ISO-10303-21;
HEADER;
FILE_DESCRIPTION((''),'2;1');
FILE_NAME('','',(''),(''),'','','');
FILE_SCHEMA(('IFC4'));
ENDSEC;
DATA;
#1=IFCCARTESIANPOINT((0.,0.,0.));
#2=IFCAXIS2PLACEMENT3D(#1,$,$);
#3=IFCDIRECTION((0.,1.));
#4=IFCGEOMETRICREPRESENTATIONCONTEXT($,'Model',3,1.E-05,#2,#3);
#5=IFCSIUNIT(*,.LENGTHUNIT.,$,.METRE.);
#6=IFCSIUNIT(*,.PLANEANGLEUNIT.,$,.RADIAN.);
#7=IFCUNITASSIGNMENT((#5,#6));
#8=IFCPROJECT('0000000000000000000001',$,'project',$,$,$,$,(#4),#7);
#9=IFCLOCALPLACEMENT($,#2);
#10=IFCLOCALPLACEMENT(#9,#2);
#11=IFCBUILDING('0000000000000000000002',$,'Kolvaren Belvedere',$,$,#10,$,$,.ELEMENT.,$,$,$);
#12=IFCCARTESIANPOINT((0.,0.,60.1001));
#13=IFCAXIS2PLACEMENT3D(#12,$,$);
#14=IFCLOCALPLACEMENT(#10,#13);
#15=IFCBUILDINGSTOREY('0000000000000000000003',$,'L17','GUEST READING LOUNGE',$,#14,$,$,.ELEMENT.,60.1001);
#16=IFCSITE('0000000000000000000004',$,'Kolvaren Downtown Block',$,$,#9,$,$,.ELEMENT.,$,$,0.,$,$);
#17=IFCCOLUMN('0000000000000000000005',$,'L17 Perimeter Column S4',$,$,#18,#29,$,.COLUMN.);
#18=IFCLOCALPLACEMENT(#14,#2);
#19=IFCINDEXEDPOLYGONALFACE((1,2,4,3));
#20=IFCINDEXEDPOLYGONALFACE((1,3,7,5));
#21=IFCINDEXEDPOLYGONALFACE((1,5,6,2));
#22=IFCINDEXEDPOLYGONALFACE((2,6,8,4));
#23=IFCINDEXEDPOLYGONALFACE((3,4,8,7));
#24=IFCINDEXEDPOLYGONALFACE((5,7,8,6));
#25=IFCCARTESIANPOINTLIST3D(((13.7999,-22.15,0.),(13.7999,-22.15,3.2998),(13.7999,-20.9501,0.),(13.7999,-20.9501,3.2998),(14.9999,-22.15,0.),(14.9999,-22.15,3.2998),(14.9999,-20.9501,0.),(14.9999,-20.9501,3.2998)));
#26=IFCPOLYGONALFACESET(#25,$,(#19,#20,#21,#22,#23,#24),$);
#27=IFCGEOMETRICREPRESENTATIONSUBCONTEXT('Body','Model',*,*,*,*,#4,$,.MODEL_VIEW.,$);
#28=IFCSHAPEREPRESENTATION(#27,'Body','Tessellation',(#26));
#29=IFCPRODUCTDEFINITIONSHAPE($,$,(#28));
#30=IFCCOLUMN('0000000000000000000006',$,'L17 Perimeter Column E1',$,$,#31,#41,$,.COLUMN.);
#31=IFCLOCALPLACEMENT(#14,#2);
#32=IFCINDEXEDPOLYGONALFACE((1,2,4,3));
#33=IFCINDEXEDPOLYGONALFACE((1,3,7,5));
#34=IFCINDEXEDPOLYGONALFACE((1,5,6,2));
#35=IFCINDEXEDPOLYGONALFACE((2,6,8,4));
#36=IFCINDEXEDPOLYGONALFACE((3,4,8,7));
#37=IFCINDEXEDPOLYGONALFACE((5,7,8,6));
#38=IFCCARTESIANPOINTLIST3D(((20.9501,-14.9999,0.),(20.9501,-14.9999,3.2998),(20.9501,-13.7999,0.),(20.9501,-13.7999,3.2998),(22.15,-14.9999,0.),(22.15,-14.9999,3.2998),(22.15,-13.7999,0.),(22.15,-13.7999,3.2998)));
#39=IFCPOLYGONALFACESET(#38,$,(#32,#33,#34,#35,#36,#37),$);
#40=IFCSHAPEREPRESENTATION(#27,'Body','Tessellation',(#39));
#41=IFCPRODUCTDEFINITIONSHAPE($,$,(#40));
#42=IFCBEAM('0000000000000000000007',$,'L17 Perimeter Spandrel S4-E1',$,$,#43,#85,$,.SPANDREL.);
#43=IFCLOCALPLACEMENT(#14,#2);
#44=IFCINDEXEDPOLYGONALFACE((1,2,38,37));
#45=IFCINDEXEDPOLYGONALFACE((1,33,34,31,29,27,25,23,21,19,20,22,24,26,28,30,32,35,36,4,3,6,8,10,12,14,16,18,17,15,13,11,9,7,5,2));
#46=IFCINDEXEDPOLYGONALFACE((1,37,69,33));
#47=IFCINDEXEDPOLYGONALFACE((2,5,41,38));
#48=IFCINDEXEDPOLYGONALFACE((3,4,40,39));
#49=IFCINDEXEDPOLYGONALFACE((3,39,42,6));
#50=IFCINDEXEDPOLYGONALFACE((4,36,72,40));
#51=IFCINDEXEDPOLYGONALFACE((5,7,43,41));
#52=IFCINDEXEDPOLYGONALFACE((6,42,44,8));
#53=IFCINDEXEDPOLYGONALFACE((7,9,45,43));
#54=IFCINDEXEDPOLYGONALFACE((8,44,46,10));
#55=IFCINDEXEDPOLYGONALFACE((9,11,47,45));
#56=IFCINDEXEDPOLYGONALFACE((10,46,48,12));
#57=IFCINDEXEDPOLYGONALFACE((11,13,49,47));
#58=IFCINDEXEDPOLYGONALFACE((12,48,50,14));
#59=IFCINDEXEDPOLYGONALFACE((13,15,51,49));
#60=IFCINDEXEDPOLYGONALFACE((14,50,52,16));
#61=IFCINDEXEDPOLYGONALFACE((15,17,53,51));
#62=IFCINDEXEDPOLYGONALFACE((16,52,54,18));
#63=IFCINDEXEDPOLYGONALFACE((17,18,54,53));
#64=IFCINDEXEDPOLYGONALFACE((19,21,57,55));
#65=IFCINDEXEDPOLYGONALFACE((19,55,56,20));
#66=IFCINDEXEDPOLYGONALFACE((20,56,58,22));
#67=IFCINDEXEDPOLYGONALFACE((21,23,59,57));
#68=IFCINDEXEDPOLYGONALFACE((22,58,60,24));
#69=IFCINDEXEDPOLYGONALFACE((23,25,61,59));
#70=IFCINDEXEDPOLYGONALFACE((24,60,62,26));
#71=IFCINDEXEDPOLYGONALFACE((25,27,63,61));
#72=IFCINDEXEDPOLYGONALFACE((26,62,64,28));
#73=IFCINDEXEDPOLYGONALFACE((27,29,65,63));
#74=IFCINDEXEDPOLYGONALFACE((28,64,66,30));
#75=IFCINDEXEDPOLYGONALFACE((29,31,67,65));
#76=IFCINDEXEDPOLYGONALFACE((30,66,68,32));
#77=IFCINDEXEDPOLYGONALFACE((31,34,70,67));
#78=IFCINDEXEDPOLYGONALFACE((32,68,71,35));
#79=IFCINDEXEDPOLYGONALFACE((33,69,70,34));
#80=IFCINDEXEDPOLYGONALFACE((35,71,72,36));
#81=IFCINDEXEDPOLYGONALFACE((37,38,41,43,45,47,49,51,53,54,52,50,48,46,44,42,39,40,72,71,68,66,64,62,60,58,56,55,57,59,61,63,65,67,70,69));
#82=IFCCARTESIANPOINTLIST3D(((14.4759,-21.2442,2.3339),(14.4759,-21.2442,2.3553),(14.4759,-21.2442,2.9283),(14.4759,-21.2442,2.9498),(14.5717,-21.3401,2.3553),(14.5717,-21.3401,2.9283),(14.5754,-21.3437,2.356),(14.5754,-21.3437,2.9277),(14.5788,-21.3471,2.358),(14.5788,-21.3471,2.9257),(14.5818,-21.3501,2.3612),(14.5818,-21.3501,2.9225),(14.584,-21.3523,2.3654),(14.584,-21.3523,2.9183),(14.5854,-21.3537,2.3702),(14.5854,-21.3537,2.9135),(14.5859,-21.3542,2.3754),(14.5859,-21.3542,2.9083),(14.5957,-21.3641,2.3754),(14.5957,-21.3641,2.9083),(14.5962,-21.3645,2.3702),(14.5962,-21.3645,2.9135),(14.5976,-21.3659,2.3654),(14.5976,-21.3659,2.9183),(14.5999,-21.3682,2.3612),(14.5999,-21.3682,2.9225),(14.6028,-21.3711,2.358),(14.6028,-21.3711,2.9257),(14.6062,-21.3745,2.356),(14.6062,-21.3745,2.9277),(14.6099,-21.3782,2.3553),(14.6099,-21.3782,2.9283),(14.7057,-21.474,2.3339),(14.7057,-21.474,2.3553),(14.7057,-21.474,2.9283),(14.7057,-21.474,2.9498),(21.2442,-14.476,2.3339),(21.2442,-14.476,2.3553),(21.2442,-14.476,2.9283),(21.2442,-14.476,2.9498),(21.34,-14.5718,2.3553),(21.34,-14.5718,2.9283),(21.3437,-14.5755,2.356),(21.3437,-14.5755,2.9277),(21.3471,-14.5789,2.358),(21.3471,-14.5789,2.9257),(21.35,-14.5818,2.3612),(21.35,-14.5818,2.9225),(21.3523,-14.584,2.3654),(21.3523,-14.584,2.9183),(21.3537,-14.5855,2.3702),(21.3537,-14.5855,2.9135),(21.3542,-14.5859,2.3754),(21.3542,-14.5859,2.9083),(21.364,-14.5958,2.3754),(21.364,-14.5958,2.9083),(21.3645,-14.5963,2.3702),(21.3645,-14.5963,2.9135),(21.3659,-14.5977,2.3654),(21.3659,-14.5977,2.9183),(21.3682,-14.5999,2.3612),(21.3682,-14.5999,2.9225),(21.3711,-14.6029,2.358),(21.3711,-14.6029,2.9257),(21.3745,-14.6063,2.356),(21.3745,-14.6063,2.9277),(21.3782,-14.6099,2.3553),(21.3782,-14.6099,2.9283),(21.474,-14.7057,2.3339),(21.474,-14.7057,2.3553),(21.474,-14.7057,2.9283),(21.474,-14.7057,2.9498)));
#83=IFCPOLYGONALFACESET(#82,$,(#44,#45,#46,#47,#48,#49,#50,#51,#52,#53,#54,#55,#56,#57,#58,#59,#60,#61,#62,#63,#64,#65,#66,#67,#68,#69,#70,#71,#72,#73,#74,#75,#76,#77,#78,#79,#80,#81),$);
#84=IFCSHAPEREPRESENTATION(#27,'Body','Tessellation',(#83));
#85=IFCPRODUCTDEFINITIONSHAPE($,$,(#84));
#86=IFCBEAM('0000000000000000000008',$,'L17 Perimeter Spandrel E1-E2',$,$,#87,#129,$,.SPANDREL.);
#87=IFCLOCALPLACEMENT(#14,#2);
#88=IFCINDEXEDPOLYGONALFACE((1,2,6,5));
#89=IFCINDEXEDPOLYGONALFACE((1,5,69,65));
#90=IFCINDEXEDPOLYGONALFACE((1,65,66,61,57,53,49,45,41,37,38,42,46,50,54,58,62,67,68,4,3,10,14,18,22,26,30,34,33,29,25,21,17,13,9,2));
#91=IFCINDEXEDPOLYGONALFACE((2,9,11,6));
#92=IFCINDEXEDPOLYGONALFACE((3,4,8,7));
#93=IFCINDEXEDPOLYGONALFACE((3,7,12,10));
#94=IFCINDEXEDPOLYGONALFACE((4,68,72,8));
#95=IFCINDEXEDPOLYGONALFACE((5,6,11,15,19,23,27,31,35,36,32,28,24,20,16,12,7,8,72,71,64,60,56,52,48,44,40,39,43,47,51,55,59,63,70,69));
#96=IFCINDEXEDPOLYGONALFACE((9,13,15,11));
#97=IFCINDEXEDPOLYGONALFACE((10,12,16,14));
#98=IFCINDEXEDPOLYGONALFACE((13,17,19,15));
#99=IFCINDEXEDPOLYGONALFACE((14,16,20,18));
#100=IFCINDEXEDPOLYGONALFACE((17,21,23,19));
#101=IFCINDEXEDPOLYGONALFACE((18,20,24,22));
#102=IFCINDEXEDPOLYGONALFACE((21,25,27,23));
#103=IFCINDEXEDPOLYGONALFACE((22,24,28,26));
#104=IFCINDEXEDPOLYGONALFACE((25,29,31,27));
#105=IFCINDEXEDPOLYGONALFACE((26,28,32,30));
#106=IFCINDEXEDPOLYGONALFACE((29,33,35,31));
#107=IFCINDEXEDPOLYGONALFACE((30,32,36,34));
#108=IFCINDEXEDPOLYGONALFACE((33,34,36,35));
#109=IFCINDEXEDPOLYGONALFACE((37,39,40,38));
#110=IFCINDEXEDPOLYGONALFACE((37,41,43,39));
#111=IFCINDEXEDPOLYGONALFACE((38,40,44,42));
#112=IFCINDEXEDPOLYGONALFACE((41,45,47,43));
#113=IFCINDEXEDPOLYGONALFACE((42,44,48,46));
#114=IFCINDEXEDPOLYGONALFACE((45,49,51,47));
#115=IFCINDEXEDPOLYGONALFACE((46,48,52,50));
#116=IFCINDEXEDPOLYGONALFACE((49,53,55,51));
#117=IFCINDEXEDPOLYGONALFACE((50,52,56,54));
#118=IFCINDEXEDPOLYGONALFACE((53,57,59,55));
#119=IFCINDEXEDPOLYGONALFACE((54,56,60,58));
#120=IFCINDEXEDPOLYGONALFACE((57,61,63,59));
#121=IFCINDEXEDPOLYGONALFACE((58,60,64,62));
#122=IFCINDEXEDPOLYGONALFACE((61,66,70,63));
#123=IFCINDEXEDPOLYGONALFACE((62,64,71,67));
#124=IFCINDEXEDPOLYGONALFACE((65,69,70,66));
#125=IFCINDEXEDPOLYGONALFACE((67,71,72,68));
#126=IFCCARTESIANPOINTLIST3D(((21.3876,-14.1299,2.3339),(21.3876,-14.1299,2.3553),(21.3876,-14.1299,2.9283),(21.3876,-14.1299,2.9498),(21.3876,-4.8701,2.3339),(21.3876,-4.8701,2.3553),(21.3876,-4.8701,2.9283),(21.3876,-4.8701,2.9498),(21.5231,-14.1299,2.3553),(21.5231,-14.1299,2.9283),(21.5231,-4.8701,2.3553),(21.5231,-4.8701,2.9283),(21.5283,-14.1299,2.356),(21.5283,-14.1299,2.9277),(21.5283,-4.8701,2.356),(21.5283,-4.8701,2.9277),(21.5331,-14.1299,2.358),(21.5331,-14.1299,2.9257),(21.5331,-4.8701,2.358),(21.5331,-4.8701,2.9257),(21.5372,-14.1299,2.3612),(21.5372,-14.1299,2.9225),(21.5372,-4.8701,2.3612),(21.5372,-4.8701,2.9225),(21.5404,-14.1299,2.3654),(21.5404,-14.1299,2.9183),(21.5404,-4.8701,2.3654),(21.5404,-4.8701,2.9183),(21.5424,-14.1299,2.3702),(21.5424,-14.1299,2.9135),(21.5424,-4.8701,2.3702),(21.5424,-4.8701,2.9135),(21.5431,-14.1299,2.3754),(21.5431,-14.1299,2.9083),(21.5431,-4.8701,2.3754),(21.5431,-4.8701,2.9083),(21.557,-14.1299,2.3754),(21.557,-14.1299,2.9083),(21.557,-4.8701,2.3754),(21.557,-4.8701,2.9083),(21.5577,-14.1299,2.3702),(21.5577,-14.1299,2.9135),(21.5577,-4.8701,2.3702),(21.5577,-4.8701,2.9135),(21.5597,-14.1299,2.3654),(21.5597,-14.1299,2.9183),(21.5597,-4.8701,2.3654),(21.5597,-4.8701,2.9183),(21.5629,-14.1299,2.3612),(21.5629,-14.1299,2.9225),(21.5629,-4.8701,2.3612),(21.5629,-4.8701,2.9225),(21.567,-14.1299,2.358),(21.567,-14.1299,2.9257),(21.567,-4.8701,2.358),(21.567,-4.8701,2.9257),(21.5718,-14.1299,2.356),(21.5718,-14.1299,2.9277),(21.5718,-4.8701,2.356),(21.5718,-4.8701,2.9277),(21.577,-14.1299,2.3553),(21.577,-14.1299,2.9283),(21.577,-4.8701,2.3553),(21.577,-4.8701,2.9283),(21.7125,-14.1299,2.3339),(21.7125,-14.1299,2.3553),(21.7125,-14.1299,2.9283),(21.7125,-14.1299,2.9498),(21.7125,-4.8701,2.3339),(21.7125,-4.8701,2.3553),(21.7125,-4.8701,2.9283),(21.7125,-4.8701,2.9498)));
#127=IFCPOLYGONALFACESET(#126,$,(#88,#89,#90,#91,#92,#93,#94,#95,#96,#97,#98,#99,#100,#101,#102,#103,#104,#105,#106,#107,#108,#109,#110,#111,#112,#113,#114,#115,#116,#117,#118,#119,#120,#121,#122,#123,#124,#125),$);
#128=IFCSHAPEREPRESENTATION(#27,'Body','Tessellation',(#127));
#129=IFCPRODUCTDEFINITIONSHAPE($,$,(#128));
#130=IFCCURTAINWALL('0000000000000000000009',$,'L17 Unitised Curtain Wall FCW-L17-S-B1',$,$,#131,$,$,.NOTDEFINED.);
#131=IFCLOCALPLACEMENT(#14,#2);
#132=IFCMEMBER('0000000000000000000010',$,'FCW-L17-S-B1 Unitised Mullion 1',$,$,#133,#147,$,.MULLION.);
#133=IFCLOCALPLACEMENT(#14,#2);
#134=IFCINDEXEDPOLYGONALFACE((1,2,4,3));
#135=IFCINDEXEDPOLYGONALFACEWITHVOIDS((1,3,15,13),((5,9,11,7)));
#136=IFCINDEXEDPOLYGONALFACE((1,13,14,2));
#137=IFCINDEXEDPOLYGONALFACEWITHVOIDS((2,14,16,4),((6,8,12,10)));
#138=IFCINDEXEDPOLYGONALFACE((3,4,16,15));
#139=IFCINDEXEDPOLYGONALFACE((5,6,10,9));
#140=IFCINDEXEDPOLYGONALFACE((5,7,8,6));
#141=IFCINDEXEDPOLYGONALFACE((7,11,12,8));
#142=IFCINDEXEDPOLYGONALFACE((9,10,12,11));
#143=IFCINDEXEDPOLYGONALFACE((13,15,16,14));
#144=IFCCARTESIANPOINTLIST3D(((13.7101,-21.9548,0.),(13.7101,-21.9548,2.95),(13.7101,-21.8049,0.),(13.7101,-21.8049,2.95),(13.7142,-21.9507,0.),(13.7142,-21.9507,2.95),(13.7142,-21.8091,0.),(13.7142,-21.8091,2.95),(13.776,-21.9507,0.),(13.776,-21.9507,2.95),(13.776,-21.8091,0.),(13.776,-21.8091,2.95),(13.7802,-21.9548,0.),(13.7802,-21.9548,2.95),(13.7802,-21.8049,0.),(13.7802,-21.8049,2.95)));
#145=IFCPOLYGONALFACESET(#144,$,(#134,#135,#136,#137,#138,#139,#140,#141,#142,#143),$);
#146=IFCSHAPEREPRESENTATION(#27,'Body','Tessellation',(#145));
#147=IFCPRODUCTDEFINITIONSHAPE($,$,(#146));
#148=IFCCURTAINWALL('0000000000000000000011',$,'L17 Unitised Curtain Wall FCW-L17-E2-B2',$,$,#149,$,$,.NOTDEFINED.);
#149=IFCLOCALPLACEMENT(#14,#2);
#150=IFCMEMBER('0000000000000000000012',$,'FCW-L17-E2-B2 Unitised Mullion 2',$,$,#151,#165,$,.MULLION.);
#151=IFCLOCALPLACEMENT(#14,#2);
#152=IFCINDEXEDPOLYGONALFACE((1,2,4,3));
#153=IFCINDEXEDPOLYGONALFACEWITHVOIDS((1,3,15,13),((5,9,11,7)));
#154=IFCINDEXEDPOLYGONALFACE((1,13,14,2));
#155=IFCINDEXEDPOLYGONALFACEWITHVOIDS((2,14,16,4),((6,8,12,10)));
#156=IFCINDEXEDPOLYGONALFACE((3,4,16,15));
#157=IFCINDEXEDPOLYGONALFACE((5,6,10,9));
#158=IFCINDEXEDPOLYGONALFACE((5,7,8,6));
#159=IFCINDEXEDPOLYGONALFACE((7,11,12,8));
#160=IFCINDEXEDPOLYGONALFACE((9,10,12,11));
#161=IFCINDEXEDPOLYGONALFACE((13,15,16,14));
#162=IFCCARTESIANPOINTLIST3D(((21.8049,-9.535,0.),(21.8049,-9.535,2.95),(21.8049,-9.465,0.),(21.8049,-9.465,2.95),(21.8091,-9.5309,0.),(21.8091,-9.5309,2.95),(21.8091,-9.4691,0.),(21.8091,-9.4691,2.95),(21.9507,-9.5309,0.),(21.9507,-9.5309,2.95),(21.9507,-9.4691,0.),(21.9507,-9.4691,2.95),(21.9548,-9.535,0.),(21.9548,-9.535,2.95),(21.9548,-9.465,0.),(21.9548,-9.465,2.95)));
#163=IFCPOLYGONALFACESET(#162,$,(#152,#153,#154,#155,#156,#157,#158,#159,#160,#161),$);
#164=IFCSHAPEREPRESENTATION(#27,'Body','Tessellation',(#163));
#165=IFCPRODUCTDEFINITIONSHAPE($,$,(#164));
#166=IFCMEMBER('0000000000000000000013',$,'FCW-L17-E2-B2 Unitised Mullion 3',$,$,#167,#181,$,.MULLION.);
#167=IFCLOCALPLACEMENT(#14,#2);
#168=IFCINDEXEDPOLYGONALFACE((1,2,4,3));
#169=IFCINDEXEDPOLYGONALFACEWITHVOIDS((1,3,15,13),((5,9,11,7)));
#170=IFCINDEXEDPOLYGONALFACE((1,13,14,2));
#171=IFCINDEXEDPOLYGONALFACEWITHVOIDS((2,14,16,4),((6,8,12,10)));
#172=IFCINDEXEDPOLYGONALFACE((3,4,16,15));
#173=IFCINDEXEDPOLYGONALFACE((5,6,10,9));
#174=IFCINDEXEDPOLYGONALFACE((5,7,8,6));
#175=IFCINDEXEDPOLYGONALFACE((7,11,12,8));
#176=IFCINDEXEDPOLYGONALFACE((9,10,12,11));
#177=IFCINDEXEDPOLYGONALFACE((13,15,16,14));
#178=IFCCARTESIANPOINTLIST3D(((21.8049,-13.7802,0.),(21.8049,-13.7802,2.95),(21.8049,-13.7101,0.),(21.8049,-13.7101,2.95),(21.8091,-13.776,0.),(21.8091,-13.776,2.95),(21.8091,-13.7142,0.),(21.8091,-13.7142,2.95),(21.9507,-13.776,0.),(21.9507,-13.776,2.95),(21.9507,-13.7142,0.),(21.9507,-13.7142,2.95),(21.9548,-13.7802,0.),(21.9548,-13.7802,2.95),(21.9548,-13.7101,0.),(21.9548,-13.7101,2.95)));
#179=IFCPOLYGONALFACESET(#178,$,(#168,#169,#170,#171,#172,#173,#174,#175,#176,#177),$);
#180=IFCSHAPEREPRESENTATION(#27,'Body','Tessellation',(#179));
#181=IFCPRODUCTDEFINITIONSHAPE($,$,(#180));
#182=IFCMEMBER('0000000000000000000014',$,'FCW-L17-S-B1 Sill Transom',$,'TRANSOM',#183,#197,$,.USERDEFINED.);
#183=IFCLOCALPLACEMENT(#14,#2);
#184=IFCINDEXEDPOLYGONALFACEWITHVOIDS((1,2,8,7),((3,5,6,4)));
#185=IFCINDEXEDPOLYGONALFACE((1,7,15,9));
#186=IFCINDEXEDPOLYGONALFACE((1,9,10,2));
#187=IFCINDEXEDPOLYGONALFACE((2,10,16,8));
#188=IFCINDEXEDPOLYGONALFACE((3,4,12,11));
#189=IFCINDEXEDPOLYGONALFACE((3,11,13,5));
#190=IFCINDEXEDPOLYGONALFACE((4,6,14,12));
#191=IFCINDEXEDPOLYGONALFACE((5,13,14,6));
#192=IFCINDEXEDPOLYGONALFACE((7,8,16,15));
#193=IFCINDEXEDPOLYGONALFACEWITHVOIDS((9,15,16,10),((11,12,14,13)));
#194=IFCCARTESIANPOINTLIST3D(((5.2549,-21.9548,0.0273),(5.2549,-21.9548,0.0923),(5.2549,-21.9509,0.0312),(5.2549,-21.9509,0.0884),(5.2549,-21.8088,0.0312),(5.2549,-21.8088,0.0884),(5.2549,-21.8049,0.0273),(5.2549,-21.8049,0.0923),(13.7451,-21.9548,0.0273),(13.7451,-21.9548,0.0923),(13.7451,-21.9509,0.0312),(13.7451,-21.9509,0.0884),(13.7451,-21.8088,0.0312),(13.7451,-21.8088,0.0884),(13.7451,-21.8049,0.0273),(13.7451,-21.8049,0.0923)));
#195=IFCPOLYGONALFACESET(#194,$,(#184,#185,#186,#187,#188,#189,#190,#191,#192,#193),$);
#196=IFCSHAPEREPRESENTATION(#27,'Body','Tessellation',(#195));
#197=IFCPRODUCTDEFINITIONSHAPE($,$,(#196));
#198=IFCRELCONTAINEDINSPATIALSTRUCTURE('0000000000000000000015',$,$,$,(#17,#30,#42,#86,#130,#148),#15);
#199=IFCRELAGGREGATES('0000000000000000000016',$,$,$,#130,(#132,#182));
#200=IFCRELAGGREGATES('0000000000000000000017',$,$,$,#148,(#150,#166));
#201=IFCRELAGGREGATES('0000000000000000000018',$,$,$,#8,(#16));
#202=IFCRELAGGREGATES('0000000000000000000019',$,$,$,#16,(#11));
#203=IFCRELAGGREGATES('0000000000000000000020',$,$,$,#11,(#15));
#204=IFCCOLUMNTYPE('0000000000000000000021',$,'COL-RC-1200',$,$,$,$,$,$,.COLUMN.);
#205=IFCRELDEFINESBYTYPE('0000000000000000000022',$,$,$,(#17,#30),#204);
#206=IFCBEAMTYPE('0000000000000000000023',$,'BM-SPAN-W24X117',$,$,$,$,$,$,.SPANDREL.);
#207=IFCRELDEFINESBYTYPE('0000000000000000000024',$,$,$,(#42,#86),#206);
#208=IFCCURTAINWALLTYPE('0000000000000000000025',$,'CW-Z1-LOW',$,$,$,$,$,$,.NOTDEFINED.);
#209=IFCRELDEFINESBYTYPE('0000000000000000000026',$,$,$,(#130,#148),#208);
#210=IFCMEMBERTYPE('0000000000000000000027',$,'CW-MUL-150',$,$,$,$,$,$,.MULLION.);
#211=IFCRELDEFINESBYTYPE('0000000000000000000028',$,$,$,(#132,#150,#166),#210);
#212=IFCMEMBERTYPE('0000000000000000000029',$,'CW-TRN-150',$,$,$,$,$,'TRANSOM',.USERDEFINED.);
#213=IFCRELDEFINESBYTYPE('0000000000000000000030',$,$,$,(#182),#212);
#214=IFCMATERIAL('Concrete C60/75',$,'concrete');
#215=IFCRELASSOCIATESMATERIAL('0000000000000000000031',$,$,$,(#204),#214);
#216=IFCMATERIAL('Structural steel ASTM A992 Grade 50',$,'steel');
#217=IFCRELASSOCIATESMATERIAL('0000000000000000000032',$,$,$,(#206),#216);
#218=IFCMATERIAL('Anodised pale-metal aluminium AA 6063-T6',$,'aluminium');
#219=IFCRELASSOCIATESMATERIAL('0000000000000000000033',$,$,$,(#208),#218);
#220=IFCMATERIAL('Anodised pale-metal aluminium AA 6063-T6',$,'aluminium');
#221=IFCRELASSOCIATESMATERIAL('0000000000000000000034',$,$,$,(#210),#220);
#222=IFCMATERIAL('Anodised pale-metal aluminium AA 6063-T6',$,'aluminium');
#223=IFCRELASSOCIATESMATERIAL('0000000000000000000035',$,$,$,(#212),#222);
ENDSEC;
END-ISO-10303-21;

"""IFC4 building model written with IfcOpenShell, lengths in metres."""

from ifc_helpers import new_model, si_unit, direction, frame, origin, origin_2d, place, context, subcontext, project, spatial, rectangle, hollow_rectangle, i_section, extrude, material, material_profile, profile_set, type_object, element, aggregate, save


model = new_model("IFC4")

# Units and contexts
model_context = context("Model", 3, precision=1e-05, world=origin(), true_north=direction((0.0, 1.0)))
body_context = subcontext(model_context, "Body", "Model", "MODEL_VIEW")
ifc_project = project(units=[si_unit("LENGTHUNIT", "METRE"), si_unit("PLANEANGLEUNIT", "RADIAN")], contexts=[model_context])

# Site, building, storey
site_placement = place(None, origin())
site = spatial("IfcSite", under=ifc_project, at=site_placement, Name="Kolvaren Downtown Block", CompositionType="ELEMENT", RefElevation=0.0)
building_placement = place(site_placement, origin())
building = spatial("IfcBuilding", under=site, at=building_placement, Name="Kolvaren Belvedere", CompositionType="ELEMENT")
storey_placement = place(building_placement, frame((0.0, 0.0, 60.1001)))
storey = spatial("IfcBuildingStorey", under=building, at=storey_placement, Name="L17", Description="GUEST READING LOUNGE", CompositionType="ELEMENT", Elevation=60.1001)

# Columns
ifc_material_1 = material(Name="Concrete C60/75", Category="concrete")
ifc_material_profile_1 = material_profile(ifc_material_1, rectangle(XDim=1.2, YDim=1.2, at=origin_2d()), Name="RC 1200X1200")
ifc_profile_set_1 = profile_set([ifc_material_profile_1], Name="Concrete C60/75")
column_type = type_object("IfcColumnType", Name="COL-RC-1200", PredefinedType="COLUMN", material=ifc_profile_set_1)
for number, where, z_axis, x_axis, name in (
    (1, (14.3999, -21.55, 0.0), (0.0, 0.0, 1.0), (1.0, 0.0, 0.0), "L17 Perimeter Column S4"),
    (2, (21.55, -14.3999, 0.0), (0.0, 0.0, 1.0), (1.0, 0.0, 0.0), "L17 Perimeter Column E1"),
):
    element("IfcColumn", number, at=place(storey_placement, frame(where, z_axis=z_axis, x_axis=x_axis)), inside=storey, type_object=column_type, Name=name, PredefinedType="COLUMN", context=body_context, shape_type="SweptSolid", body=[
        extrude(rectangle(XDim=1.2, YDim=1.2, at=origin_2d()), origin(), (0.0, 0.0, 1.0), 3.2998),
    ])

# Beams
ifc_material_2 = material(Name="Structural steel ASTM A992 Grade 50", Category="steel")
ifc_material_profile_2 = material_profile(ifc_material_2, i_section(OverallWidth=0.325, OverallDepth=0.616, WebThickness=0.0139, FlangeThickness=0.0215, FilletRadius=0.02, at=origin_2d()), Name="W24X117")
ifc_profile_set_2 = profile_set([ifc_material_profile_2], Name="Structural steel ASTM A992 Grade 50")
beam_type = type_object("IfcBeamType", Name="BM-SPAN-W24X117", PredefinedType="SPANDREL", material=ifc_profile_set_2)
beam_1_placement = place(storey_placement, frame((14.5908, -21.3591, 2.6418), z_axis=(0.707107, 0.707107, 0.0), x_axis=(-0.707107, 0.707107, 0.0)))
element("IfcBeam", 3, at=beam_1_placement, inside=storey, type_object=beam_type, Name="L17 Perimeter Spandrel S4-E1", PredefinedType="SPANDREL", context=body_context, shape_type="SweptSolid", body=[
    extrude(i_section(OverallWidth=0.325, OverallDepth=0.616, WebThickness=0.0139, FlangeThickness=0.0215, FilletRadius=0.02, at=origin_2d()), origin(), (0.0, 0.0, 1.0), 9.5718),
])
beam_2_placement = place(storey_placement, frame((21.55, -14.1299, 2.6418), z_axis=(0.0, 1.0, 0.0), x_axis=(-1.0, 0.0, 0.0)))
element("IfcBeam", 4, at=beam_2_placement, inside=storey, type_object=beam_type, Name="L17 Perimeter Spandrel E1-E2", PredefinedType="SPANDREL", context=body_context, shape_type="SweptSolid", body=[
    extrude(i_section(OverallWidth=0.325, OverallDepth=0.616, WebThickness=0.0139, FlangeThickness=0.0215, FilletRadius=0.02, at=origin_2d()), origin(), (0.0, 0.0, 1.0), 9.2598),
])

# Curtain wall, member
ifc_material_3 = material(Name="Anodised pale-metal aluminium AA 6063-T6", Category="aluminium")
curtain_wall_type = type_object("IfcCurtainWallType", Name="CW-Z1-LOW", PredefinedType="NOTDEFINED", material=ifc_material_3)
curtain_wall_1_placement = place(storey_placement, origin())
curtain_wall_1 = element("IfcCurtainWall", 5, at=curtain_wall_1_placement, inside=storey, type_object=curtain_wall_type, Name="L17 Unitised Curtain Wall FCW-L17-S-B1", PredefinedType="NOTDEFINED")
ifc_material_4 = material(Name="Anodised pale-metal aluminium AA 6063-T6", Category="aluminium")
ifc_material_profile_3 = material_profile(ifc_material_4, hollow_rectangle(XDim=0.0701, YDim=0.1499, WallThickness=0.0042, at=origin_2d()), Name="ALU-MUL-150X70")
ifc_profile_set_3 = profile_set([ifc_material_profile_3], Name="Anodised pale-metal aluminium AA 6063-T6")
member_type_1 = type_object("IfcMemberType", Name="CW-MUL-150", PredefinedType="MULLION", material=ifc_profile_set_3)
member_1_placement = place(storey_placement, frame((13.7451, -21.8799, 0.0), z_axis=(0.0, 0.0, 1.0), x_axis=(1.0, 0.0, 0.0)))
member_1 = element("IfcMember", 6, at=member_1_placement, type_object=member_type_1, Name="FCW-L17-S-B1 Unitised Mullion 1", PredefinedType="MULLION", context=body_context, shape_type="SweptSolid", body=[
    extrude(hollow_rectangle(XDim=0.0701, YDim=0.1499, WallThickness=0.0042, at=origin_2d()), origin(), (0.0, 0.0, 1.0), 2.95),
])

# Curtain wall, members
curtain_wall_2_placement = place(storey_placement, origin())
curtain_wall_2 = element("IfcCurtainWall", 7, at=curtain_wall_2_placement, inside=storey, type_object=curtain_wall_type, Name="L17 Unitised Curtain Wall FCW-L17-E2-B2", PredefinedType="NOTDEFINED")
member_2_placement = place(storey_placement, frame((21.8799, -9.5, 0.0), z_axis=(0.0, 0.0, 1.0), x_axis=(0.0, 1.0, 0.0)))
member_2 = element("IfcMember", 8, at=member_2_placement, type_object=member_type_1, Name="FCW-L17-E2-B2 Unitised Mullion 2", PredefinedType="MULLION", context=body_context, shape_type="SweptSolid", body=[
    extrude(hollow_rectangle(XDim=0.0701, YDim=0.1499, WallThickness=0.0042, at=origin_2d()), origin(), (0.0, 0.0, 1.0), 2.95),
])
member_3_placement = place(storey_placement, frame((21.8799, -13.7451, 0.0), z_axis=(0.0, 0.0, 1.0), x_axis=(0.0, 1.0, 0.0)))
member_3 = element("IfcMember", 9, at=member_3_placement, type_object=member_type_1, Name="FCW-L17-E2-B2 Unitised Mullion 3", PredefinedType="MULLION", context=body_context, shape_type="SweptSolid", body=[
    extrude(hollow_rectangle(XDim=0.0701, YDim=0.1499, WallThickness=0.0042, at=origin_2d()), origin(), (0.0, 0.0, 1.0), 2.95),
])

# Member
ifc_material_5 = material(Name="Anodised pale-metal aluminium AA 6063-T6", Category="aluminium")
ifc_material_profile_4 = material_profile(ifc_material_5, hollow_rectangle(XDim=0.0649, YDim=0.1499, WallThickness=0.0039, at=origin_2d()), Name="ALU-TRN-150X65")
ifc_profile_set_4 = profile_set([ifc_material_profile_4], Name="Anodised pale-metal aluminium AA 6063-T6")
member_type_2 = type_object("IfcMemberType", Name="CW-TRN-150", ElementType="TRANSOM", PredefinedType="USERDEFINED", material=ifc_profile_set_4)
member_4_placement = place(storey_placement, frame((13.7451, -21.8799, 0.0598), z_axis=(-1.0, 0.0, 0.0), x_axis=(0.0, 0.0, 1.0)))
member_4 = element("IfcMember", 10, at=member_4_placement, type_object=member_type_2, Name="FCW-L17-S-B1 Sill Transom", ObjectType="TRANSOM", PredefinedType="USERDEFINED", context=body_context, shape_type="SweptSolid", body=[
    extrude(hollow_rectangle(XDim=0.0649, YDim=0.1499, WallThickness=0.0039, at=origin_2d()), origin(), (0.0, 0.0, 1.0), 8.4902),
])
aggregate(curtain_wall_1, [member_1, member_4])

aggregate(curtain_wall_2, [member_2, member_3])

save(model, "model.ifc")
